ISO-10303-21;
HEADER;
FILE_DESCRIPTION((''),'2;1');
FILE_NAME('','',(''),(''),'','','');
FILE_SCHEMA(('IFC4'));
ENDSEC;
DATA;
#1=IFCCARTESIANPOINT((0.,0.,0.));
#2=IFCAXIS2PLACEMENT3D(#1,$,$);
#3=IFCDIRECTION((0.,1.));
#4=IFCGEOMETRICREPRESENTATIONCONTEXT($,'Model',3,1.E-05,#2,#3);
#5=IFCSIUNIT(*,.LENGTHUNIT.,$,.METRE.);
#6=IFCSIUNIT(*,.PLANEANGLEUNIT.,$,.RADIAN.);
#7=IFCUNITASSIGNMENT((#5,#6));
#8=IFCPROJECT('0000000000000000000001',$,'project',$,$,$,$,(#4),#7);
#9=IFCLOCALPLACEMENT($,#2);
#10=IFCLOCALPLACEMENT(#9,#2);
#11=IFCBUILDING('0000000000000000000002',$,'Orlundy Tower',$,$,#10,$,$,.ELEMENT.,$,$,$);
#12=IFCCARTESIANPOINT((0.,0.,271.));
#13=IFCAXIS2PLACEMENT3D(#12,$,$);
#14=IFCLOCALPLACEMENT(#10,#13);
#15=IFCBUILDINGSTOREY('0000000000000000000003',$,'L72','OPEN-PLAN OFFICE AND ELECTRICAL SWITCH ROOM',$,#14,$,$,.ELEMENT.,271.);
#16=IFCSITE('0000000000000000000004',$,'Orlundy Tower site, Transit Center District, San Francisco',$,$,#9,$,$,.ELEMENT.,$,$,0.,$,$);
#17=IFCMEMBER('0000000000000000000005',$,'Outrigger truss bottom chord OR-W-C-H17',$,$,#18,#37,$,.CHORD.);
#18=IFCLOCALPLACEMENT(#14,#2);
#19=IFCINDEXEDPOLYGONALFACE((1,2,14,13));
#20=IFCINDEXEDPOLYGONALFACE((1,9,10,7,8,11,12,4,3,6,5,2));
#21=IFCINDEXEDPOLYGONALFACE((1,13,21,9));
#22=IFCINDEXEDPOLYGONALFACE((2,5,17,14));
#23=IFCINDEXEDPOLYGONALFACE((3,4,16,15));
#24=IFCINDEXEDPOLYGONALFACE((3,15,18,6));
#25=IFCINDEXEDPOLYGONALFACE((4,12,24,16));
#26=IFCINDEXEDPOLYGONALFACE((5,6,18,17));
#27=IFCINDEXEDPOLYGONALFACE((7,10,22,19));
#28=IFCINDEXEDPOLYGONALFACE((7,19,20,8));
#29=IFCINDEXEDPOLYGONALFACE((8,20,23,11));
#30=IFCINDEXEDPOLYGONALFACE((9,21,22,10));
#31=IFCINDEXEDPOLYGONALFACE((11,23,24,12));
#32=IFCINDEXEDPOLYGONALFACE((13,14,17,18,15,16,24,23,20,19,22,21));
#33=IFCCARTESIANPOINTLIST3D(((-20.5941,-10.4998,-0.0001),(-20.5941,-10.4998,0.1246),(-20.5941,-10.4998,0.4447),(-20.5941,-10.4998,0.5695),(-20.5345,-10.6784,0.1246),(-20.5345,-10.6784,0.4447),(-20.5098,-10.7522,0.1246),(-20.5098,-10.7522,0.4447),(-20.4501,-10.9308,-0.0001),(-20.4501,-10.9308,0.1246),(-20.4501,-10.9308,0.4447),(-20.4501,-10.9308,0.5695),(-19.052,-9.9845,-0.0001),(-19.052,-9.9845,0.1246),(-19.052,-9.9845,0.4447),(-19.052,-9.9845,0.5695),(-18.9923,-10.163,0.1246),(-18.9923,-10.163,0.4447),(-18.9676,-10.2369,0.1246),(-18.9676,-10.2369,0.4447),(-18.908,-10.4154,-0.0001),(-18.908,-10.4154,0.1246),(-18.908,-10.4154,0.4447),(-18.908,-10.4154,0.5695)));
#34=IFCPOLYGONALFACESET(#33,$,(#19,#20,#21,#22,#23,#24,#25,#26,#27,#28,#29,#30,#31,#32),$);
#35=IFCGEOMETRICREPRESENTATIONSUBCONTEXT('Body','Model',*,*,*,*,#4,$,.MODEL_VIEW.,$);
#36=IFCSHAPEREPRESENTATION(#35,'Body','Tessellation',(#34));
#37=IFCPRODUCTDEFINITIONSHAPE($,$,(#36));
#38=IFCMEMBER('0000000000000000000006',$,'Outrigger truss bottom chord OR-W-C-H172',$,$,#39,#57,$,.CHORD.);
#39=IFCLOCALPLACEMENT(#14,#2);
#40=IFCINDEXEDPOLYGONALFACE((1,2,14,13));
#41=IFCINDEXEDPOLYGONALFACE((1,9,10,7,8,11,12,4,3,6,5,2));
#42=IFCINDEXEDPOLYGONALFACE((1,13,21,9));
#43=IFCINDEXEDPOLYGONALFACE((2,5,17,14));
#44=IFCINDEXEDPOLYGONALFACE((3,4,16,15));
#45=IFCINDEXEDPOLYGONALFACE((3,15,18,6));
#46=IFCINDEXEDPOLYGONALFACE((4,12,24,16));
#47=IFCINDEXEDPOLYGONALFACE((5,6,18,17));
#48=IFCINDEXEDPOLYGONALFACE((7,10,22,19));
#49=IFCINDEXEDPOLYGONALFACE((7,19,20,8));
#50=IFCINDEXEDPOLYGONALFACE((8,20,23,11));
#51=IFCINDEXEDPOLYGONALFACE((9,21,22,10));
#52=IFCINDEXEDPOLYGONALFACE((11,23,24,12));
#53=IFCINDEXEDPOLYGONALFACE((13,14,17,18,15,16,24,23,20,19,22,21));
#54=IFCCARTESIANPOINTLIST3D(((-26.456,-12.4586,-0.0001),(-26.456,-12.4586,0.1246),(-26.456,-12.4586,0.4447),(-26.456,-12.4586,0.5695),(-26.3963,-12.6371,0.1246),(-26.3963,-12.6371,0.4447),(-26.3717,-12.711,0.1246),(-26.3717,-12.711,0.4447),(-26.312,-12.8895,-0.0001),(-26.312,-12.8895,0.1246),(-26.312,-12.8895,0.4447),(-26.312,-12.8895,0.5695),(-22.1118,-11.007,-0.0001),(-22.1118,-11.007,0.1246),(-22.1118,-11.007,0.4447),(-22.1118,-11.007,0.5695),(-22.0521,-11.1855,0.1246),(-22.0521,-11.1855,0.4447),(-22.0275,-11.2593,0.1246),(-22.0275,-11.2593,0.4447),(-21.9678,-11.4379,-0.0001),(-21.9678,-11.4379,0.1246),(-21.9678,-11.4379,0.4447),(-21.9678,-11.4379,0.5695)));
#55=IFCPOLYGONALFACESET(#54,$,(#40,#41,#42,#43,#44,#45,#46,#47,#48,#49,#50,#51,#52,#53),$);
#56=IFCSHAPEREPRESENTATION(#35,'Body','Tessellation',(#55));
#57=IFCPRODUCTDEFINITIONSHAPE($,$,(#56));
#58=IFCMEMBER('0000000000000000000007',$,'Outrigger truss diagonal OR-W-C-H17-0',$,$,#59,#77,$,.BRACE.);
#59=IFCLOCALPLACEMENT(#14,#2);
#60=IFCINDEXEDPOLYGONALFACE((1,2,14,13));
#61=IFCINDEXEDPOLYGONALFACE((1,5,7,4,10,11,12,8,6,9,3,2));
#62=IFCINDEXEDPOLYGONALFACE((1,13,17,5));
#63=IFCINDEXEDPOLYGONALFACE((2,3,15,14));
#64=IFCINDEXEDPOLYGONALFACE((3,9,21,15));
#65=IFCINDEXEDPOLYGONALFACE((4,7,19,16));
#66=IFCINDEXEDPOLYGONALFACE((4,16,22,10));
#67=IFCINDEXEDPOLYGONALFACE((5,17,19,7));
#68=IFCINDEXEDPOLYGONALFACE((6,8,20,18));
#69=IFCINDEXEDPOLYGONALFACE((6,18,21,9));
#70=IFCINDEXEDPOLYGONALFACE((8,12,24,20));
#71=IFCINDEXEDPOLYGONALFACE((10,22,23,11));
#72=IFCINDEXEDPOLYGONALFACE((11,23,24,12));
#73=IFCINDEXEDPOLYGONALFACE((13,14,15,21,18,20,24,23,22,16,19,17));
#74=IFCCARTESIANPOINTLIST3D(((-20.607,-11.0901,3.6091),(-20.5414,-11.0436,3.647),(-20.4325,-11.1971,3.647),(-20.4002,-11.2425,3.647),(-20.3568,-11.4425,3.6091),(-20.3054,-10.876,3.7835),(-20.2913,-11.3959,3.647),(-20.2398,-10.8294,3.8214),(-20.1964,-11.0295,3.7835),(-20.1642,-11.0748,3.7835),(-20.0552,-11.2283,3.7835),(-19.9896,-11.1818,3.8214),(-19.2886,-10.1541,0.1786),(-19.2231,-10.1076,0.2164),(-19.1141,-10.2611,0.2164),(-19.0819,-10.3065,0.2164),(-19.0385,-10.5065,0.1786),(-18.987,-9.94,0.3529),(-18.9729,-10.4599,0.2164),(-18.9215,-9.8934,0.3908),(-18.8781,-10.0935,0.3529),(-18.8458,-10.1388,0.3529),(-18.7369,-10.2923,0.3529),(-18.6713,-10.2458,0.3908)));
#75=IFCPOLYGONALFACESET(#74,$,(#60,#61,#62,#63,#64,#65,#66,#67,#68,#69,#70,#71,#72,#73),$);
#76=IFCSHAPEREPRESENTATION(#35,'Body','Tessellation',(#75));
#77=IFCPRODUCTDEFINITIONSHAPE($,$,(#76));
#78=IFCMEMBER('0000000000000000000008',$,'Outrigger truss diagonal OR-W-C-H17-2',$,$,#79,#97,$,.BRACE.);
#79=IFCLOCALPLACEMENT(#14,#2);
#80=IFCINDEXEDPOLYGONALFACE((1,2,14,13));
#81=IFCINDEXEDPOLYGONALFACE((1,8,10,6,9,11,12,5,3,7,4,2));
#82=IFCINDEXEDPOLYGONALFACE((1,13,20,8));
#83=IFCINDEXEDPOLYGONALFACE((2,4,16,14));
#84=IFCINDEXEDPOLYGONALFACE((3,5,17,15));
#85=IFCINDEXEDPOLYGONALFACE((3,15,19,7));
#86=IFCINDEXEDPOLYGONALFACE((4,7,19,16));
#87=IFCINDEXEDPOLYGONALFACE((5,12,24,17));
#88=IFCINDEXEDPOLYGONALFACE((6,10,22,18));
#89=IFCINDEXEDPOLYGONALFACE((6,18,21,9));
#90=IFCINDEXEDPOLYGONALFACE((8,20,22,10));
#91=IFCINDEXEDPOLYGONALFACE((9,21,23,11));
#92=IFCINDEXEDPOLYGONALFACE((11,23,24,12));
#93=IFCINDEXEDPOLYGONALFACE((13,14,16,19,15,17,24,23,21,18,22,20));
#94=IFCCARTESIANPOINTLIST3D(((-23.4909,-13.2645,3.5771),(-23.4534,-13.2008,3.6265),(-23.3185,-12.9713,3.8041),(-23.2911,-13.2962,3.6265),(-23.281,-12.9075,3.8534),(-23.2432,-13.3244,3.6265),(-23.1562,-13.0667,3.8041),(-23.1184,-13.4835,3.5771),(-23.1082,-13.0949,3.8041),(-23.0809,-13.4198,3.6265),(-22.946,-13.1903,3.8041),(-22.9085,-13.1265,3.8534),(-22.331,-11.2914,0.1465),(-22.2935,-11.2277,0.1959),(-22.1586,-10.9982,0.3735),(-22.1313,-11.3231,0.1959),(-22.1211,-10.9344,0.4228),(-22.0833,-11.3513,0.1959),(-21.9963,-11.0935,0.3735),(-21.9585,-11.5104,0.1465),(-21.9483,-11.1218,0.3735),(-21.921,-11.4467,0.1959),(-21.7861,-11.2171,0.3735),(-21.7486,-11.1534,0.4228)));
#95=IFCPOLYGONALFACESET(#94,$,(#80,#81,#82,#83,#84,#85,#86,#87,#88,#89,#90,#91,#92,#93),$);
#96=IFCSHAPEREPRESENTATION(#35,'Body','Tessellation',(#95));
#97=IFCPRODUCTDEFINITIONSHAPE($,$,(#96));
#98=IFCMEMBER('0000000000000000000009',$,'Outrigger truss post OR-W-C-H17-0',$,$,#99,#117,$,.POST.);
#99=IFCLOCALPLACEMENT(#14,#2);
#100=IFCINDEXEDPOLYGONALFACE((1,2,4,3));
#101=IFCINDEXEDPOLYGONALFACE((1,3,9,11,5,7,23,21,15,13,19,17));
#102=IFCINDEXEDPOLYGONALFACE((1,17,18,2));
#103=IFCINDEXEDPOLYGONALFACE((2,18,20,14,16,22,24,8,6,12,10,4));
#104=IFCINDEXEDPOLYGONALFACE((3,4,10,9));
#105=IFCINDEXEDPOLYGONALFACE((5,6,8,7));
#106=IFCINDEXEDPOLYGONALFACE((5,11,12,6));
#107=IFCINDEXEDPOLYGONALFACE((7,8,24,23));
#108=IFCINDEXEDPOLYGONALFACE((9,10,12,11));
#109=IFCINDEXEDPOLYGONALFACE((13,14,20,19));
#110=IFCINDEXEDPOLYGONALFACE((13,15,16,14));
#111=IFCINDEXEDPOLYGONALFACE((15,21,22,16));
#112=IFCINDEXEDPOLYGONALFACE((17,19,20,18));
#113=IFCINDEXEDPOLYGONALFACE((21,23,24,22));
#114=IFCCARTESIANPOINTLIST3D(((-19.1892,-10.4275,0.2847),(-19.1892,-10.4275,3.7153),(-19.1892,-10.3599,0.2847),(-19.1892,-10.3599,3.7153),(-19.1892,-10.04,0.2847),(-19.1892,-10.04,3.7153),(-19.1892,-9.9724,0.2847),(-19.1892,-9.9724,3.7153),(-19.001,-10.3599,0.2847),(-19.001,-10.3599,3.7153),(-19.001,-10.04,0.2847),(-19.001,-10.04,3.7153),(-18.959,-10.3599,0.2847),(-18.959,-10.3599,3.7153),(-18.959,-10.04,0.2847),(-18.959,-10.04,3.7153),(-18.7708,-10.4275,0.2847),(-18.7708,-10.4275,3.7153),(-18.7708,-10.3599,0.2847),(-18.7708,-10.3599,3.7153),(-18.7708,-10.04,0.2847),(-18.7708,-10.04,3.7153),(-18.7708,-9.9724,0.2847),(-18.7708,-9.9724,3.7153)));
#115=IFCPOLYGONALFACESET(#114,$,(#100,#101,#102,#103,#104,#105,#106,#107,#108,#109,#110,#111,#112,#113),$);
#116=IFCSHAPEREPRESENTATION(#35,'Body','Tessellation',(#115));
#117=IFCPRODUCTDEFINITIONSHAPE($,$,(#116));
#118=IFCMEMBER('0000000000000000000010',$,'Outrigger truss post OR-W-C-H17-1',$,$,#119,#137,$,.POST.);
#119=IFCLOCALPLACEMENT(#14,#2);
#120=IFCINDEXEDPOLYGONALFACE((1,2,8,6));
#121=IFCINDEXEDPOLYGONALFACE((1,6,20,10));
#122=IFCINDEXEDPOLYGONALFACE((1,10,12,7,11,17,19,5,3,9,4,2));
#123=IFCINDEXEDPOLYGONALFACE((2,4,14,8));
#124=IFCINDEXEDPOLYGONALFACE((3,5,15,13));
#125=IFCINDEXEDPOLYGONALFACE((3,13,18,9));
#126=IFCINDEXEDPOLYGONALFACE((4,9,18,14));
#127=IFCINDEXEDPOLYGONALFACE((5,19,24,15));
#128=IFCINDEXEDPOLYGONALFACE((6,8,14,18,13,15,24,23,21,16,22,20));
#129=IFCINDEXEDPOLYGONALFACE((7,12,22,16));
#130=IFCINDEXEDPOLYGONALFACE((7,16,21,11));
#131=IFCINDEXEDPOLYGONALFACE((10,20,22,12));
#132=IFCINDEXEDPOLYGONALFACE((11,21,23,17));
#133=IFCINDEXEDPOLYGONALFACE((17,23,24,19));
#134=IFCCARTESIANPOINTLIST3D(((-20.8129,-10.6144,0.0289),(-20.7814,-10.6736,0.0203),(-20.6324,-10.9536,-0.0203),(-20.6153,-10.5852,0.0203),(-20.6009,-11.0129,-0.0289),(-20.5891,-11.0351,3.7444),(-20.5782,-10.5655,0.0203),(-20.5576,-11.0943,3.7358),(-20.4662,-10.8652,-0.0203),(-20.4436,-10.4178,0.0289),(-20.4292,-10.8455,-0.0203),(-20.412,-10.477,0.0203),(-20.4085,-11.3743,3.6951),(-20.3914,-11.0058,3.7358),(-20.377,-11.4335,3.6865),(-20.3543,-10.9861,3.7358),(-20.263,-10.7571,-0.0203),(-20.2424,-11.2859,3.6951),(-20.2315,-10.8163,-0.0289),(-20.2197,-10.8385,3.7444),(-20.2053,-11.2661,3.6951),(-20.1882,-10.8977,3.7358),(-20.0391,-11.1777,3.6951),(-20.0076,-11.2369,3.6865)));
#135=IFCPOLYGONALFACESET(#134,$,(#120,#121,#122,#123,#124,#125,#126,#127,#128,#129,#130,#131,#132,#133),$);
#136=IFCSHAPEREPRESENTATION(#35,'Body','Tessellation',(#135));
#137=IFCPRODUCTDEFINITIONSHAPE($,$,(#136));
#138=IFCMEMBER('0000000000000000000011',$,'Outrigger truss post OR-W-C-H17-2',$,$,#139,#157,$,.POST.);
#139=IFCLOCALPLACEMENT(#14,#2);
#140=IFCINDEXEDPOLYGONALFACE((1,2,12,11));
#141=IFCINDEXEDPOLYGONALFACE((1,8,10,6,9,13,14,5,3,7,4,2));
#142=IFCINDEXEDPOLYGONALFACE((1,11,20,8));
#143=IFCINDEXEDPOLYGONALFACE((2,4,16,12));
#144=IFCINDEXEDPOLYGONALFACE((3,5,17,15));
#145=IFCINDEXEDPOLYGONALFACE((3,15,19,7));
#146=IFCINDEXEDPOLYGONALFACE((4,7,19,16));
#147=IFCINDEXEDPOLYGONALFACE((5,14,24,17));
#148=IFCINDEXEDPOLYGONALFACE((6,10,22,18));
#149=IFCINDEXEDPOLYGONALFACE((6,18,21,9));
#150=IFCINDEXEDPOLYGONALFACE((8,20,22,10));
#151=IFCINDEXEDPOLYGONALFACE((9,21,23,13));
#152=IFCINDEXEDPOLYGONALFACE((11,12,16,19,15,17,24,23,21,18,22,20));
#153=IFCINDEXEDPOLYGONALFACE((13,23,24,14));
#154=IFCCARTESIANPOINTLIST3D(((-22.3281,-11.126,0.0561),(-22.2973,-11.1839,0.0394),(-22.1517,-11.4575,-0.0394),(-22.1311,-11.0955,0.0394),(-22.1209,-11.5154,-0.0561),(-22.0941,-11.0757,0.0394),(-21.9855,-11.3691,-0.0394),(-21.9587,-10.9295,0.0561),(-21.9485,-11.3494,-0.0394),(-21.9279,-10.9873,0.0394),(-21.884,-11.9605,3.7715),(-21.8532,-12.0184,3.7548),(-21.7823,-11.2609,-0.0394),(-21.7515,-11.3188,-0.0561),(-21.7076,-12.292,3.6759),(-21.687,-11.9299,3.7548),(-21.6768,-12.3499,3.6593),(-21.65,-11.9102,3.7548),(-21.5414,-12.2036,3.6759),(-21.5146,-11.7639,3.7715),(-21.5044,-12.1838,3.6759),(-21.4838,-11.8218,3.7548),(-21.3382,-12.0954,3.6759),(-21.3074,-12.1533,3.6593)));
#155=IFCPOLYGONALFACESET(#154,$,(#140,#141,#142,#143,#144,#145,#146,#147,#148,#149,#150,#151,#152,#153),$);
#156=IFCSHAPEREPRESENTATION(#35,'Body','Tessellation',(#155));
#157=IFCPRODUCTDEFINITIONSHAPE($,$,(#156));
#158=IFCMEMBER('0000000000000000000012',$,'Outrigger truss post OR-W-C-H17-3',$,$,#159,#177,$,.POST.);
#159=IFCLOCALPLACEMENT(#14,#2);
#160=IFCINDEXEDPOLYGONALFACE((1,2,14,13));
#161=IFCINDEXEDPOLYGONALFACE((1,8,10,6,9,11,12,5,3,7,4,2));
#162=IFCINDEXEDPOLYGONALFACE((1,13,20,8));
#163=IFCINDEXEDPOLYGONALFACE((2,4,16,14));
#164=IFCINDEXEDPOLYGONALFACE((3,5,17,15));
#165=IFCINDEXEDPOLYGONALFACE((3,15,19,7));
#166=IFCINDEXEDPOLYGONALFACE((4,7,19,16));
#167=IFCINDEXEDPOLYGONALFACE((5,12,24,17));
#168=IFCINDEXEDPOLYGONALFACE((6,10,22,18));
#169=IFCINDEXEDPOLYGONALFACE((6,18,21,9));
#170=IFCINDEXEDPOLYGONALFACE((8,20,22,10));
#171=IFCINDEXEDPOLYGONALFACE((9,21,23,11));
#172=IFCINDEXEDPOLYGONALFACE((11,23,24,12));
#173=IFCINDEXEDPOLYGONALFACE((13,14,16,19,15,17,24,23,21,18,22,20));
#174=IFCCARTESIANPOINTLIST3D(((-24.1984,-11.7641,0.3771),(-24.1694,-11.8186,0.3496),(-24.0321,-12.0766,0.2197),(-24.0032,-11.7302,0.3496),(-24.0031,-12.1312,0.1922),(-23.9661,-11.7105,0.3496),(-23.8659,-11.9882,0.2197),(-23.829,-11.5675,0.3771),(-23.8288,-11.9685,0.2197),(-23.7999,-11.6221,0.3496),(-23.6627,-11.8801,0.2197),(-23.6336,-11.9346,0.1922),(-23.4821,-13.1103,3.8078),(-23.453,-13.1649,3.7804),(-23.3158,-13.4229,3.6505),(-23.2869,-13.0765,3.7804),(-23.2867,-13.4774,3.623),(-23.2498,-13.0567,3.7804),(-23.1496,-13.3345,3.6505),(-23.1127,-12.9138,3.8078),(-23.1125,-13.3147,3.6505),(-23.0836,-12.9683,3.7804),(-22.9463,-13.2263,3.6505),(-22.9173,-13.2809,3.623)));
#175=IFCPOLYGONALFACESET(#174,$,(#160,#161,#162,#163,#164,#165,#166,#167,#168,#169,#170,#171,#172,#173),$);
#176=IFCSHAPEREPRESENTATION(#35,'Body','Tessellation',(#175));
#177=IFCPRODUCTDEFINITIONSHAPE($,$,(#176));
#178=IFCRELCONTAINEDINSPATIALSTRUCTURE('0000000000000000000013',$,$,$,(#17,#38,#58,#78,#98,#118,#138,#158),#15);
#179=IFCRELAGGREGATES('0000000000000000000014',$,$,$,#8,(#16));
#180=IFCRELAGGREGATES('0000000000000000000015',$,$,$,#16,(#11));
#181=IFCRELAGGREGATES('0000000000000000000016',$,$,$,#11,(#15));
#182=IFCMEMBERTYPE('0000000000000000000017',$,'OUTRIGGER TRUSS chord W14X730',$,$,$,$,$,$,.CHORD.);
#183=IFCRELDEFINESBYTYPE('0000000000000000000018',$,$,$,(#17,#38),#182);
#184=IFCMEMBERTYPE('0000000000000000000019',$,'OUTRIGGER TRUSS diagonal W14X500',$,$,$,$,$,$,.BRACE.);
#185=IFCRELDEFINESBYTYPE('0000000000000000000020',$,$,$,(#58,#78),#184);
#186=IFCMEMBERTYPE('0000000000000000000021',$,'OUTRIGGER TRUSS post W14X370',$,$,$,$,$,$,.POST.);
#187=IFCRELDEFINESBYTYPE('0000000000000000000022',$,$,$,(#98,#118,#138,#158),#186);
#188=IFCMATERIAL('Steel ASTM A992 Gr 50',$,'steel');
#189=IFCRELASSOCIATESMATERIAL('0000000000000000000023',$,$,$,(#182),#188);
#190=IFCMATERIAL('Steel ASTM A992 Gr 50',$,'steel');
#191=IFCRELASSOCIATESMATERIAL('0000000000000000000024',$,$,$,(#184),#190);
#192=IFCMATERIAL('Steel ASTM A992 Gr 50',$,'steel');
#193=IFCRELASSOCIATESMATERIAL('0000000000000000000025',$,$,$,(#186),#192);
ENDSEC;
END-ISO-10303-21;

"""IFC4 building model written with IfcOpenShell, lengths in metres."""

from ifc_helpers import new_model, si_unit, direction, frame, origin, origin_2d, place, context, subcontext, project, spatial, i_section, extrude, material, material_profile, profile_set, type_object, element, save


model = new_model("IFC4")

# Units and contexts
model_context = context("Model", 3, precision=1e-05, world=origin(), true_north=direction((0.0, 1.0)))
body_context = subcontext(model_context, "Body", "Model", "MODEL_VIEW")
ifc_project = project(units=[si_unit("LENGTHUNIT", "METRE"), si_unit("PLANEANGLEUNIT", "RADIAN")], contexts=[model_context])

# Site, building, storey
site_placement = place(None, origin())
site = spatial("IfcSite", under=ifc_project, at=site_placement, Name="Orlundy Tower site, Transit Center District, San Francisco", CompositionType="ELEMENT", RefElevation=0.0)
building_placement = place(site_placement, origin())
building = spatial("IfcBuilding", under=site, at=building_placement, Name="Orlundy Tower", CompositionType="ELEMENT")
storey_placement = place(building_placement, frame((0.0, 0.0, 271.0)))
storey = spatial("IfcBuildingStorey", under=building, at=storey_placement, Name="L72", Description="OPEN-PLAN OFFICE AND ELECTRICAL SWITCH ROOM", CompositionType="ELEMENT", Elevation=271.0)

# Members
ifc_material_1 = material(Name="Steel ASTM A992 Gr 50", Category="steel")
ifc_material_profile_1 = material_profile(ifc_material_1, i_section(OverallWidth=0.4543, OverallDepth=0.5696, WebThickness=0.0779, FlangeThickness=0.1248, at=origin_2d()), Name="W14X730")
ifc_profile_set_1 = profile_set([ifc_material_profile_1], Name="Steel ASTM A992 Gr 50")
member_type_1 = type_object("IfcMemberType", Name="OUTRIGGER TRUSS chord W14X730", PredefinedType="CHORD", material=ifc_profile_set_1)
member_1_placement = place(storey_placement, frame((-18.98, -10.2, 0.2847), z_axis=(-0.948443, -0.316948, 0.0), x_axis=(0.316948, -0.948443, 0.0)))
element("IfcMember", 1, at=member_1_placement, inside=storey, type_object=member_type_1, Name="Outrigger truss bottom chord OR-W-C-H17", PredefinedType="CHORD", context=body_context, shape_type="SweptSolid", body=[
    extrude(i_section(OverallWidth=0.4543, OverallDepth=0.5696, WebThickness=0.0779, FlangeThickness=0.1248, at=origin_2d()), origin(), (0.0, 0.0, 1.0), 1.626),
])
member_2_placement = place(storey_placement, frame((-22.0398, -11.2224, 0.2847), z_axis=(-0.948449, -0.316931, 0.0), x_axis=(0.316931, -0.948449, 0.0)))
element("IfcMember", 2, at=member_2_placement, inside=storey, type_object=member_type_1, Name="Outrigger truss bottom chord OR-W-C-H172", PredefinedType="CHORD", context=body_context, shape_type="SweptSolid", body=[
    extrude(i_section(OverallWidth=0.4543, OverallDepth=0.5696, WebThickness=0.0779, FlangeThickness=0.1248, at=origin_2d()), origin(), (0.0, 0.0, 1.0), 4.5803),
])
ifc_material_2 = material(Name="Steel ASTM A992 Gr 50", Category="steel")
ifc_material_profile_2 = material_profile(ifc_material_2, i_section(OverallWidth=0.4321, OverallDepth=0.4978, WebThickness=0.0557, FlangeThickness=0.0889, at=origin_2d()), Name="W14X500")
ifc_profile_set_2 = profile_set([ifc_material_profile_2], Name="Steel ASTM A992 Gr 50")
member_type_2 = type_object("IfcMemberType", Name="OUTRIGGER TRUSS diagonal W14X500", PredefinedType="BRACE", material=ifc_profile_set_2)
member_3_placement = place(storey_placement, frame((-18.98, -10.2, 0.2847), z_axis=(-0.347615, -0.246807, 0.904572), x_axis=(0.578922, -0.815383, 0.0)))
element("IfcMember", 3, at=member_3_placement, inside=storey, type_object=member_type_2, Name="Outrigger truss diagonal OR-W-C-H17-0", PredefinedType="BRACE", context=body_context, shape_type="SweptSolid", body=[
    extrude(i_section(OverallWidth=0.4321, OverallDepth=0.4978, WebThickness=0.0557, FlangeThickness=0.0889, at=origin_2d()), origin(), (0.0, 0.0, 1.0), 3.7925),
])
member_4_placement = place(storey_placement, frame((-22.0398, -11.2224, 0.2847), z_axis=(-0.281253, -0.478443, 0.831859), x_axis=(0.86208, -0.506773, 0.0)))
element("IfcMember", 4, at=member_4_placement, inside=storey, type_object=member_type_2, Name="Outrigger truss diagonal OR-W-C-H17-2", PredefinedType="BRACE", context=body_context, shape_type="SweptSolid", body=[
    extrude(i_section(OverallWidth=0.4321, OverallDepth=0.4978, WebThickness=0.0557, FlangeThickness=0.0889, at=origin_2d()), origin(), (0.0, 0.0, 1.0), 4.124),
])
ifc_material_3 = material(Name="Steel ASTM A992 Gr 50", Category="steel")
ifc_material_profile_3 = material_profile(ifc_material_3, i_section(OverallWidth=0.4185, OverallDepth=0.4551, WebThickness=0.042, FlangeThickness=0.0676, at=origin_2d()), Name="W14X370")
ifc_profile_set_3 = profile_set([ifc_material_profile_3], Name="Steel ASTM A992 Gr 50")
member_type_3 = type_object("IfcMemberType", Name="OUTRIGGER TRUSS post W14X370", PredefinedType="POST", material=ifc_profile_set_3)
member_5_placement = place(storey_placement, frame((-18.98, -10.2, 0.2847), z_axis=(0.0, 0.0, 1.0), x_axis=(1.0, 0.0, 0.0)))
element("IfcMember", 5, at=member_5_placement, inside=storey, type_object=member_type_3, Name="Outrigger truss post OR-W-C-H17-0", PredefinedType="POST", context=body_context, shape_type="SweptSolid", body=[
    extrude(i_section(OverallWidth=0.4185, OverallDepth=0.4551, WebThickness=0.042, FlangeThickness=0.0676, at=origin_2d()), origin(), (0.0, 0.0, 1.0), 3.4307),
])
member_6_placement = place(storey_placement, frame((-20.5222, -10.7153, 0.0), z_axis=(0.059768, -0.112301, 0.991875), x_axis=(0.882764, 0.469817, 0.0)))
element("IfcMember", 6, at=member_6_placement, inside=storey, type_object=member_type_3, Name="Outrigger truss post OR-W-C-H17-1", PredefinedType="POST", context=body_context, shape_type="SweptSolid", body=[
    extrude(i_section(OverallWidth=0.4185, OverallDepth=0.4551, WebThickness=0.042, FlangeThickness=0.0676, at=origin_2d()), origin(), (0.0, 0.0, 1.0), 3.7458),
])
member_7_placement = place(storey_placement, frame((-22.0398, -11.2224, 0.0), z_axis=(0.115839, -0.217668, 0.969124), x_axis=(0.882774, 0.469797, 0.0)))
element("IfcMember", 7, at=member_7_placement, inside=storey, type_object=member_type_3, Name="Outrigger truss post OR-W-C-H17-2", PredefinedType="POST", context=body_context, shape_type="SweptSolid", body=[
    extrude(i_section(OverallWidth=0.4185, OverallDepth=0.4551, WebThickness=0.042, FlangeThickness=0.0676, at=origin_2d()), origin(), (0.0, 0.0, 1.0), 3.8337),
])
member_8_placement = place(storey_placement, frame((-23.916, -11.8494, 0.2847), z_axis=(0.190797, -0.358573, 0.913795), x_axis=(0.882805, 0.46974, 0.0)))
element("IfcMember", 8, at=member_8_placement, inside=storey, type_object=member_type_3, Name="Outrigger truss post OR-W-C-H17-3", PredefinedType="POST", context=body_context, shape_type="SweptSolid", body=[
    extrude(i_section(OverallWidth=0.4185, OverallDepth=0.4551, WebThickness=0.042, FlangeThickness=0.0676, at=origin_2d()), origin(), (0.0, 0.0, 1.0), 3.7544),
])

save(model, "model.ifc")
